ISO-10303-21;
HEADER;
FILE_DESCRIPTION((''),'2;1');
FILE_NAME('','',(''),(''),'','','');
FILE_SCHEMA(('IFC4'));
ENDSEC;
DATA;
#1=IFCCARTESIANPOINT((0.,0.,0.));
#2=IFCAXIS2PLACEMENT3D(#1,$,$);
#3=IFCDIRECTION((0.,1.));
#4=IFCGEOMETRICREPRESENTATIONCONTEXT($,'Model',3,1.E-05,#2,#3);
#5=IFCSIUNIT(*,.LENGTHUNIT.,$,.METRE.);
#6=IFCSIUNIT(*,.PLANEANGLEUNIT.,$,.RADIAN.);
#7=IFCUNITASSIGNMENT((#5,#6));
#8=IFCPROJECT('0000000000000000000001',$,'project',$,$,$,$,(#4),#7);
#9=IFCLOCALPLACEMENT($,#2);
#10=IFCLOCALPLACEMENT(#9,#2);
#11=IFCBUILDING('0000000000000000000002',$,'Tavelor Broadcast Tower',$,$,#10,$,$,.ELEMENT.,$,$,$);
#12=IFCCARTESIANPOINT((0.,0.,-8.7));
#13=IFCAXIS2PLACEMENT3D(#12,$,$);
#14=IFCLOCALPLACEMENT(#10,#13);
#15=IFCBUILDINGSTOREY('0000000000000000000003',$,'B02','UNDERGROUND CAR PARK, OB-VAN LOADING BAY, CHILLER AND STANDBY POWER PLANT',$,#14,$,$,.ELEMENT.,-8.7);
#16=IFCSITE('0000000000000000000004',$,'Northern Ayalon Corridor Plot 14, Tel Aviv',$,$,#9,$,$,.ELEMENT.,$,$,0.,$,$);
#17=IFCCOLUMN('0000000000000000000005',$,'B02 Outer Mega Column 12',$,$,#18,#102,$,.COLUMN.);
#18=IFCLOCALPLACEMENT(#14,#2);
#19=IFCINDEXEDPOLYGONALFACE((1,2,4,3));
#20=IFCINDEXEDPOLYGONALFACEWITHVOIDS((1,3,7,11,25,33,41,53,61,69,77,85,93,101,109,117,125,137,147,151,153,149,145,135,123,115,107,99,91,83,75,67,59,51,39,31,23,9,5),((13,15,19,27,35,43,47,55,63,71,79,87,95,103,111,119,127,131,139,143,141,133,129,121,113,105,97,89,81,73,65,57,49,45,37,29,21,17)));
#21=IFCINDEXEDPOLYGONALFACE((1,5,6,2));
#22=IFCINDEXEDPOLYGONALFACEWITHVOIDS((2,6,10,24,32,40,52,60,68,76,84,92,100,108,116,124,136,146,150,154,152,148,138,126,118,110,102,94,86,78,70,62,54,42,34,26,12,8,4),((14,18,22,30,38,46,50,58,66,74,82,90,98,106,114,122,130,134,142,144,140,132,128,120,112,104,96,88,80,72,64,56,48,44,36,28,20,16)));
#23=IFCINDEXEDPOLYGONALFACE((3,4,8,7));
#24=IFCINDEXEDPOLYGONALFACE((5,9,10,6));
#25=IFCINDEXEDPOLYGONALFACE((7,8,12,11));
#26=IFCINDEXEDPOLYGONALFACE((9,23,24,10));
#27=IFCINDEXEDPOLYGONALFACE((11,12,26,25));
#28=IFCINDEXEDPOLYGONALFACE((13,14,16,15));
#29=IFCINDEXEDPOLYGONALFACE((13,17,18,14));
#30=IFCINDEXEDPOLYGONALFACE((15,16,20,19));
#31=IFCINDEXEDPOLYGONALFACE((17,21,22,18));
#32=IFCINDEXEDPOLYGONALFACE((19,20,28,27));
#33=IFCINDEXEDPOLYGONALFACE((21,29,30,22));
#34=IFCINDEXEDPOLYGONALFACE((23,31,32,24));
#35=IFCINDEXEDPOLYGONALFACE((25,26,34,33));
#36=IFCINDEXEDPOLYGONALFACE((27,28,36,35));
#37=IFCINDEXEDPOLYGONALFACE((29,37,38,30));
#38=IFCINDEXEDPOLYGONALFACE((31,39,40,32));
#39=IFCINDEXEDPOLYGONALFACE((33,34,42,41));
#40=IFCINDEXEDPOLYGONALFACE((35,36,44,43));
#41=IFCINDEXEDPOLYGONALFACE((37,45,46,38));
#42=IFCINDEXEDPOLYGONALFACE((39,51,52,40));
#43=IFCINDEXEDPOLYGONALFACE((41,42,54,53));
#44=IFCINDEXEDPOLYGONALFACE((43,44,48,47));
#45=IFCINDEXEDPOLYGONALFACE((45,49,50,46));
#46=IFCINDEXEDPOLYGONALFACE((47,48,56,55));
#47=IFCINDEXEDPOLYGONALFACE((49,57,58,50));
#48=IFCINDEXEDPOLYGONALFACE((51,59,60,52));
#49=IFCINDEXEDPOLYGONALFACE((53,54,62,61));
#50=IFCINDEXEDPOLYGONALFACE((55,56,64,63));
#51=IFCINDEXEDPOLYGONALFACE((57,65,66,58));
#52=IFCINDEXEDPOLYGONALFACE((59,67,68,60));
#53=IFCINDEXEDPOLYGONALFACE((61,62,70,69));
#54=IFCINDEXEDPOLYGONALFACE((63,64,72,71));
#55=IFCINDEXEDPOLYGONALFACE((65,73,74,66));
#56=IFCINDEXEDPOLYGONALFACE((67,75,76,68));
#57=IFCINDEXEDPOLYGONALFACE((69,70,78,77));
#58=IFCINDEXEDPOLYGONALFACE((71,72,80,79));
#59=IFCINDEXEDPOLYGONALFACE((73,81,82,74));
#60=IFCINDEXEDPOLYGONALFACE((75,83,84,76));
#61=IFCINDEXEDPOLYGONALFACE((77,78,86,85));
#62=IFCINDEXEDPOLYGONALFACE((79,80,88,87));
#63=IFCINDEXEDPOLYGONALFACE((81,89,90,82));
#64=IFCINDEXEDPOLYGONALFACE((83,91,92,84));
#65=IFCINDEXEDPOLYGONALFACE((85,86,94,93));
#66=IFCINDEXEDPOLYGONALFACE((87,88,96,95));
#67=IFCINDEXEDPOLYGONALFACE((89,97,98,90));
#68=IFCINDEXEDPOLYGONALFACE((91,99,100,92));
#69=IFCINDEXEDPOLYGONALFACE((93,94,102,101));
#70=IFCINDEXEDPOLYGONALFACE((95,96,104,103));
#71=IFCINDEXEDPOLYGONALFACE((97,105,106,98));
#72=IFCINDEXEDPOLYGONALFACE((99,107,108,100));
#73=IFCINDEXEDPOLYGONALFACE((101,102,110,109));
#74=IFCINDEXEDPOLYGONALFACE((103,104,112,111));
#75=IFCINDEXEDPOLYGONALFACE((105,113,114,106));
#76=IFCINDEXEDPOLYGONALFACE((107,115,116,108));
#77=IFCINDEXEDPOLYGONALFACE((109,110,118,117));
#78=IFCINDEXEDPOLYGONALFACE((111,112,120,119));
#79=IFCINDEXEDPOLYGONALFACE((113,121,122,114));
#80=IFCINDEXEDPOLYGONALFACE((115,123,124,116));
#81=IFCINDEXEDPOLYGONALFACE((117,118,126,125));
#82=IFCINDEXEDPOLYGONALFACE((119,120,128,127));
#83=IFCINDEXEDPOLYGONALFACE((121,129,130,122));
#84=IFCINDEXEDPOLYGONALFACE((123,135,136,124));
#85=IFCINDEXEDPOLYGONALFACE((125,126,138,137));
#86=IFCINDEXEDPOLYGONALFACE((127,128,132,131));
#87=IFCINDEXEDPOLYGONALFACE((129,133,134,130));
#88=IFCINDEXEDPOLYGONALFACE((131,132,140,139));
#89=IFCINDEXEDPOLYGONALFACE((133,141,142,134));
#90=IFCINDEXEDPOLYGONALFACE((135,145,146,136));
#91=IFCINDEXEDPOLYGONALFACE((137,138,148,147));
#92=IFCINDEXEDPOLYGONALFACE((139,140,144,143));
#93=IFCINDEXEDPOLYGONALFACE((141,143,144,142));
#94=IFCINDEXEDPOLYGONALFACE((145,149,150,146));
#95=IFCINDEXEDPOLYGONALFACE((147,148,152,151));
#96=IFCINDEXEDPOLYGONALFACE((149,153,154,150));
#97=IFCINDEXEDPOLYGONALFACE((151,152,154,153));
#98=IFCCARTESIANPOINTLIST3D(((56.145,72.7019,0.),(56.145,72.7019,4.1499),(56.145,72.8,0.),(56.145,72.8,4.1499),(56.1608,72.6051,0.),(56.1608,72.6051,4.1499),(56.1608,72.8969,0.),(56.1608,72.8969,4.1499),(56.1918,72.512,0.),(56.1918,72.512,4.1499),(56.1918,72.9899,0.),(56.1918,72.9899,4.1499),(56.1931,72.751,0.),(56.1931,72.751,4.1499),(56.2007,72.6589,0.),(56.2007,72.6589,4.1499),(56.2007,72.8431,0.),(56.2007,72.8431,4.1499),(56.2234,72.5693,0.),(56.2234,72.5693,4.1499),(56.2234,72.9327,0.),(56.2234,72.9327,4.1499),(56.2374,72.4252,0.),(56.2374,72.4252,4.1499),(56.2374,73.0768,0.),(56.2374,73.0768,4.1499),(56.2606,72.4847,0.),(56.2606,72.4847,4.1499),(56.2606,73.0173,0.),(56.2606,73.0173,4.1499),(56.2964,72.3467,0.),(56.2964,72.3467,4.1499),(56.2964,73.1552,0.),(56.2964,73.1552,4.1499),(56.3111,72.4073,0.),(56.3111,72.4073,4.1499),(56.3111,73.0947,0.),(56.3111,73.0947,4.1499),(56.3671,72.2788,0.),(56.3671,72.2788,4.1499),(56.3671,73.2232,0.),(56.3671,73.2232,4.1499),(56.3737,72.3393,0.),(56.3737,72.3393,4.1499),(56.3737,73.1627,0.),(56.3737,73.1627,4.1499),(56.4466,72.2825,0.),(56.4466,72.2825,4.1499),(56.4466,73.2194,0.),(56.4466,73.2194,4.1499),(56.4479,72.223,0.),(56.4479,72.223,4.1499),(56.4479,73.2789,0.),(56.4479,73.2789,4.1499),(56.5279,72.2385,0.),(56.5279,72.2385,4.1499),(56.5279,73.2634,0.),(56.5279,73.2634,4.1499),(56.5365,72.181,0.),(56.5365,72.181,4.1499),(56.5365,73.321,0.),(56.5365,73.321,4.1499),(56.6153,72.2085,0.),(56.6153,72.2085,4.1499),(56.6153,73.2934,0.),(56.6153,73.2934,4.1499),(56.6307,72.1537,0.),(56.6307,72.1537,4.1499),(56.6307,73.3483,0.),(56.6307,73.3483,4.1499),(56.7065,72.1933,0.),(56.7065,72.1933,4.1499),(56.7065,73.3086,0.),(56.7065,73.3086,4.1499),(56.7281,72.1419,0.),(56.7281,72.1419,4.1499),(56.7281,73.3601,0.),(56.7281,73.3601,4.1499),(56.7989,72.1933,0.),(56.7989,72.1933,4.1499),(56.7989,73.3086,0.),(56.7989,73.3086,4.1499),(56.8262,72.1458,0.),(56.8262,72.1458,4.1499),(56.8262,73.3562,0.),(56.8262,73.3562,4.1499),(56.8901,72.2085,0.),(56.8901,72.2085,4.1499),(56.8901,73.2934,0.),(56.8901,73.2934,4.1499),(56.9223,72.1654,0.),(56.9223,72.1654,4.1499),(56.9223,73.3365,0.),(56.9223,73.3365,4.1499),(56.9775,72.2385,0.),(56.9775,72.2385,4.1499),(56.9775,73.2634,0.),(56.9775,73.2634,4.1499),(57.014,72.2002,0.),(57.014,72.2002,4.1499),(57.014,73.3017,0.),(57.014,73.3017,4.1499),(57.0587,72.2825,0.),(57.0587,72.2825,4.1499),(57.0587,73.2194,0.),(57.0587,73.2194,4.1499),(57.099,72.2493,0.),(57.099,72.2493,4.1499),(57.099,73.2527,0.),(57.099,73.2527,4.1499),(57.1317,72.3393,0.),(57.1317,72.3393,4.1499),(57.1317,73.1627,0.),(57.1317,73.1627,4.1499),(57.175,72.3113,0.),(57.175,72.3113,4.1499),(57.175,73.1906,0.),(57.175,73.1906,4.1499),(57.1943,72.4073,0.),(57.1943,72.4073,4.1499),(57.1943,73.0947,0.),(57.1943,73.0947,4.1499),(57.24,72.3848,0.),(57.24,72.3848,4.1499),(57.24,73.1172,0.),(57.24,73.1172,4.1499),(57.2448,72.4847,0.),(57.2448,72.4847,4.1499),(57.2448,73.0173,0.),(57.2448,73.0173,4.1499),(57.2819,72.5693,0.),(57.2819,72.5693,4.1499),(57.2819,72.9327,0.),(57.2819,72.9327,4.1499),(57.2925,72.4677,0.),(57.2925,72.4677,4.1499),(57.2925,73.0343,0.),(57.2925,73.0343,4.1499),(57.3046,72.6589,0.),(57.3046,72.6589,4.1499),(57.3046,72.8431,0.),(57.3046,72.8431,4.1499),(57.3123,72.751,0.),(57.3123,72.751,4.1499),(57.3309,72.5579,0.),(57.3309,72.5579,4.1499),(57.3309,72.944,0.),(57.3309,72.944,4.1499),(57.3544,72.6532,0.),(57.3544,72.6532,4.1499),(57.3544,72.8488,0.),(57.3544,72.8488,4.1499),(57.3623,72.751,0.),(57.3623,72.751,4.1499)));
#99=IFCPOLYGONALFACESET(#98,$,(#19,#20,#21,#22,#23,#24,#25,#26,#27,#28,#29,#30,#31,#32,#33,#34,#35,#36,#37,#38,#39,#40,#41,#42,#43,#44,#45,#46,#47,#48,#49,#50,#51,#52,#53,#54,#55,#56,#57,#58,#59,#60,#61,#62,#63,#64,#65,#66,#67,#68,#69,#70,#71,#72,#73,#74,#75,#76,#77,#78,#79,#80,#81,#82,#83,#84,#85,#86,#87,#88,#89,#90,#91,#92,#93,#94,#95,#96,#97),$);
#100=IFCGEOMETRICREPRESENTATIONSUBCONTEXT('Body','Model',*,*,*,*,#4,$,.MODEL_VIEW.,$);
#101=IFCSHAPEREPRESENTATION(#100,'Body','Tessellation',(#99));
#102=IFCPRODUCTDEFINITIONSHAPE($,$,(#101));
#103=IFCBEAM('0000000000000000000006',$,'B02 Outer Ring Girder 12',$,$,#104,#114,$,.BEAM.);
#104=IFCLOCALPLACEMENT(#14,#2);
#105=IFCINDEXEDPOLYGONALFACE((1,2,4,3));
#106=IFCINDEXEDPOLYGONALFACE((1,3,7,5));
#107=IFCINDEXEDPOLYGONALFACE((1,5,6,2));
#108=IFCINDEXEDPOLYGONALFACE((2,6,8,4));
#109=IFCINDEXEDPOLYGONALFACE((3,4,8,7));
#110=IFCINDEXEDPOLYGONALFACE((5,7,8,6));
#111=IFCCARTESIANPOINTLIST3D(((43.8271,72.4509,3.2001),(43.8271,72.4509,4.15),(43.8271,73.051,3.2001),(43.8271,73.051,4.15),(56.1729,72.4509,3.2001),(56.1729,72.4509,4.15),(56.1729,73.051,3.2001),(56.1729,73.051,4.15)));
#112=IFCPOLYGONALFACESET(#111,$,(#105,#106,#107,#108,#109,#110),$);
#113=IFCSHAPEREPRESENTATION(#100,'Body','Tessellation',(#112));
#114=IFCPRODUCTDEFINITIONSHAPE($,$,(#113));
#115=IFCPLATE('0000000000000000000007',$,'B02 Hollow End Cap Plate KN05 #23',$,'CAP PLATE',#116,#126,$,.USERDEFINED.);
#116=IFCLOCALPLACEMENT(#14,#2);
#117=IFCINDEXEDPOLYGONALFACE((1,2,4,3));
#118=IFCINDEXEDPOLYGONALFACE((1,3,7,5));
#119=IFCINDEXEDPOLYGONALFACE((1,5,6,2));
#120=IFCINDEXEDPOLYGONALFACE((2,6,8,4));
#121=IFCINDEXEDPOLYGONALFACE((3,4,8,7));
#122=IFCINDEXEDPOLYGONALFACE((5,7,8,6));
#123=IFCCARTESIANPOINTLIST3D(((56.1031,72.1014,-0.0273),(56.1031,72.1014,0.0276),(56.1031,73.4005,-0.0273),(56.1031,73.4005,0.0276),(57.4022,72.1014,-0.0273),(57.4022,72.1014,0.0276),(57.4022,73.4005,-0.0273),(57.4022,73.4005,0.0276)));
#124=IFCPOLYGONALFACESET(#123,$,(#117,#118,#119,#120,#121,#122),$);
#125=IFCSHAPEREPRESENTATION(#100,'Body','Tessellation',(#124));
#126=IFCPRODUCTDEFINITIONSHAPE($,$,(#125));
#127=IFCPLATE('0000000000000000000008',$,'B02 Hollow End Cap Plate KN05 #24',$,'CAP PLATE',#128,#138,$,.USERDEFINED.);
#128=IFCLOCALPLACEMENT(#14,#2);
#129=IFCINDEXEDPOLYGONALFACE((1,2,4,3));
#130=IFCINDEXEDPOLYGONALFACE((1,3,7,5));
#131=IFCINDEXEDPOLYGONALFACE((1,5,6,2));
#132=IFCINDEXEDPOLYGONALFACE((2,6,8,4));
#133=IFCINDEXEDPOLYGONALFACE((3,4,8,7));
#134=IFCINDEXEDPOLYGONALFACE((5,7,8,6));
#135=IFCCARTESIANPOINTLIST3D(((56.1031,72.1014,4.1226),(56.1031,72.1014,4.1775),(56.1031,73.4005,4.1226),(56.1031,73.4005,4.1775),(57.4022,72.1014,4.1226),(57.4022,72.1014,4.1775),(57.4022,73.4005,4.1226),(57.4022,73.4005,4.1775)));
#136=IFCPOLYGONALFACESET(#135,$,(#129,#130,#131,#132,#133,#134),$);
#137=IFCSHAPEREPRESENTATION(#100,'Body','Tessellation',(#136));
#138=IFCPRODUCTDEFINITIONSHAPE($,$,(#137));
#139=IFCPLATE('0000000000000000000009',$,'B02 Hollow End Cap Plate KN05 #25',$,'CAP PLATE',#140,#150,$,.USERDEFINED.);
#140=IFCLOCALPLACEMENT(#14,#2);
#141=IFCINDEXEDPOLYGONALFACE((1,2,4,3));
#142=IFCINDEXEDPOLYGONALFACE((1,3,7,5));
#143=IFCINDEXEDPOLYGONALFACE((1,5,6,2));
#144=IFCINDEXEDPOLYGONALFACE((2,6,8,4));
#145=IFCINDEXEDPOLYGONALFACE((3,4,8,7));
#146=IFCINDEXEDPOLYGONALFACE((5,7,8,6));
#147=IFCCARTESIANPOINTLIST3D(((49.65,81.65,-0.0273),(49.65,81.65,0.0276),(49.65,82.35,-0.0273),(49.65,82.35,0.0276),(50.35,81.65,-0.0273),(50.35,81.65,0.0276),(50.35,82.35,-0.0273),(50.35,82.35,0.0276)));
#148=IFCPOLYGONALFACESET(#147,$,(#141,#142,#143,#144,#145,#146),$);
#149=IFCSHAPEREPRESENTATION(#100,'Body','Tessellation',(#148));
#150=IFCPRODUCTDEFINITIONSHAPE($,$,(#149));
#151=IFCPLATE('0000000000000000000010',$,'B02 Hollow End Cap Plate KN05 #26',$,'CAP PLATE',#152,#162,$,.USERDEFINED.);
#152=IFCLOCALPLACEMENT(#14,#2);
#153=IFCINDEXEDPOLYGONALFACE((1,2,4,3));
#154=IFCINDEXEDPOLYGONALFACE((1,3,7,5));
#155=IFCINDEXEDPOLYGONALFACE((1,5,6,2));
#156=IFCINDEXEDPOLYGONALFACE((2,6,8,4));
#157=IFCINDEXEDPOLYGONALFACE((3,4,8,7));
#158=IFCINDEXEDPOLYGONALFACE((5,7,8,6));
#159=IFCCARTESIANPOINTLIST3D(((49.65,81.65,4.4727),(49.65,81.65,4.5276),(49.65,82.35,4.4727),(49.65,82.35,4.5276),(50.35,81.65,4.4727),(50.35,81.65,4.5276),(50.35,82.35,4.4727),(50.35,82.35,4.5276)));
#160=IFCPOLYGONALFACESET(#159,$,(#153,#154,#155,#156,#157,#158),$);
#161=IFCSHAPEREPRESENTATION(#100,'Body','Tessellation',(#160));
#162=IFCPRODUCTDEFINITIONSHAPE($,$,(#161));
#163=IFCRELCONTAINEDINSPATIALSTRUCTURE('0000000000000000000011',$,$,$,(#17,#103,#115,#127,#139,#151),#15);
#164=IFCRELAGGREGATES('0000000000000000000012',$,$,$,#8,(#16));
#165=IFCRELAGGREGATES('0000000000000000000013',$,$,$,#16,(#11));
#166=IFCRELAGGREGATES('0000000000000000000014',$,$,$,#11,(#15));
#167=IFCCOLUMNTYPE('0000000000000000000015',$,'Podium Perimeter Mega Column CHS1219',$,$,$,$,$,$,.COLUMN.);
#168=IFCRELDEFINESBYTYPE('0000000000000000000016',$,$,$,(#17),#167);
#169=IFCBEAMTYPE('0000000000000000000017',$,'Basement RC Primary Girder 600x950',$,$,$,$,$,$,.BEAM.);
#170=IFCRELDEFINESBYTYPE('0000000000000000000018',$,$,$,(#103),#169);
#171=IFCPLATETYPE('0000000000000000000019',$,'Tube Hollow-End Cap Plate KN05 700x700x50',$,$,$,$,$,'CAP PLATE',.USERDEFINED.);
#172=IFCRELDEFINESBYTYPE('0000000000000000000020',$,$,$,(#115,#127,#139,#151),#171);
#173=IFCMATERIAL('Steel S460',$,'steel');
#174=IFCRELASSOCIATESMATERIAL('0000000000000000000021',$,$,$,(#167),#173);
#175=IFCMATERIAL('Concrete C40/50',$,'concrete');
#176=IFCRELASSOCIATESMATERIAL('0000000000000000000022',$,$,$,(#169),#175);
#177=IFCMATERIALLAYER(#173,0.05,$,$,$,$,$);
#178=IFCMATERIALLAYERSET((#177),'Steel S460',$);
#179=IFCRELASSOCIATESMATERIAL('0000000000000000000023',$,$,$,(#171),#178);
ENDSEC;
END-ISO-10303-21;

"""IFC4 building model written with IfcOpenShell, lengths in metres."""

from ifc_helpers import new_model, si_unit, direction, frame, origin, origin_2d, place, context, subcontext, project, spatial, rectangle, hollow_circle, extrude, source, transform, mapped, material, layer, layer_set, material_profile, profile_set, type_object, type_shapes, element, save


model = new_model("IFC4")

# Units and contexts
model_context = context("Model", 3, precision=1e-05, world=origin(), true_north=direction((0.0, 1.0)))
body_context = subcontext(model_context, "Body", "Model", "MODEL_VIEW")
ifc_project = project(units=[si_unit("LENGTHUNIT", "METRE"), si_unit("PLANEANGLEUNIT", "RADIAN")], contexts=[model_context])

# Site, building, storey
site_placement = place(None, origin())
site = spatial("IfcSite", under=ifc_project, at=site_placement, Name="Northern Ayalon Corridor Plot 14, Tel Aviv", CompositionType="ELEMENT", RefElevation=0.0)
building_placement = place(site_placement, origin())
building = spatial("IfcBuilding", under=site, at=building_placement, Name="Tavelor Broadcast Tower", CompositionType="ELEMENT")
storey_placement = place(building_placement, frame((0.0, 0.0, -8.7)))
storey = spatial("IfcBuildingStorey", under=building, at=storey_placement, Name="B02", Description="UNDERGROUND CAR PARK, OB-VAN LOADING BAY, CHILLER AND STANDBY POWER PLANT", CompositionType="ELEMENT", Elevation=-8.7)

# Shared definitions
ifc_material_1 = material(Name="Concrete C40/50", Category="concrete")

# Column
ifc_material_2 = material(Name="Steel S460", Category="steel")
ifc_material_profile_1 = material_profile(ifc_material_2, hollow_circle(Radius=0.6096, WallThickness=0.05, at=origin_2d()), Name="CHS 1219x50")
ifc_profile_set_1 = profile_set([ifc_material_profile_1], Name="Steel S460")
column_type_1 = type_object("IfcColumnType", Name="Podium Perimeter Mega Column CHS1219", PredefinedType="COLUMN", material=ifc_profile_set_1)
column_1_placement = place(storey_placement, frame((56.7527, 72.751, 0.0), z_axis=(0.0, 0.0, 1.0), x_axis=(1.0, 0.0, 0.0)))
element("IfcColumn", 1, at=column_1_placement, inside=storey, type_object=column_type_1, Name="B02 Outer Mega Column 12", PredefinedType="COLUMN", context=body_context, shape_type="SweptSolid", body=[
    extrude(hollow_circle(Radius=0.6096, WallThickness=0.05, at=origin_2d()), origin(), (0.0, 0.0, 1.0), 4.1499),
])

# Beam
ifc_material_profile_2 = material_profile(ifc_material_1, rectangle(XDim=0.6001, YDim=0.95, at=origin_2d()), Name="RC 600x950")
ifc_profile_set_2 = profile_set([ifc_material_profile_2], Name="Concrete C40/50")
beam_type = type_object("IfcBeamType", Name="Basement RC Primary Girder 600x950", PredefinedType="BEAM", material=ifc_profile_set_2)
beam_placement = place(storey_placement, frame((56.1729, 72.751, 3.675), z_axis=(-1.0, 0.0, 0.0), x_axis=(0.0, -1.0, 0.0)))
element("IfcBeam", 2, at=beam_placement, inside=storey, type_object=beam_type, Name="B02 Outer Ring Girder 12", PredefinedType="BEAM", context=body_context, shape_type="SweptSolid", body=[
    extrude(rectangle(XDim=0.6001, YDim=0.95, at=origin_2d()), origin(), (0.0, 0.0, 1.0), 12.3457),
])

# Plates
ifc_layer = layer(ifc_material_2, 0.05)
ifc_layer_set = layer_set([ifc_layer], Name="Steel S460")
plate_type = type_object("IfcPlateType", Name="Tube Hollow-End Cap Plate KN05 700x700x50", ElementType="CAP PLATE", PredefinedType="USERDEFINED", material=ifc_layer_set)
shared_shape_1 = source(origin(), body_context, "Body", "SweptSolid", [
    extrude(rectangle(XDim=1.2991, YDim=1.2991, at=origin_2d()), origin(), (0.0, 0.0, 1.0), 0.0549),
])
for number, where, z_axis, x_axis, name in (
    (3, (56.7527, 72.751, -0.0273), (0.0, 0.0, 1.0), (1.0, 0.0, 0.0), "B02 Hollow End Cap Plate KN05 #23"),
    (4, (56.7527, 72.751, 4.1226), (0.0, 0.0, 1.0), (1.0, 0.0, 0.0), "B02 Hollow End Cap Plate KN05 #24"),
):
    element("IfcPlate", number, at=place(storey_placement, frame(where, z_axis=z_axis, x_axis=x_axis)), inside=storey, type_object=plate_type, Name=name, ObjectType="CAP PLATE", PredefinedType="USERDEFINED", context=body_context, shape_type="MappedRepresentation", body=[
        mapped(shared_shape_1, transform((0.0, 0.0, 0.0), scale=1.0)),
    ])
shared_shape_2 = source(origin(), body_context, "Body", "SweptSolid", [
    extrude(rectangle(XDim=0.7, YDim=0.7, at=origin_2d()), origin(), (0.0, 0.0, 1.0), 0.0549),
])
type_shapes(plate_type, [shared_shape_1, shared_shape_2])
for number, where, z_axis, x_axis, name in (
    (5, (50.0, 82.0, -0.0273), (0.0, 0.0, 1.0), (1.0, 0.0, 0.0), "B02 Hollow End Cap Plate KN05 #25"),
    (6, (50.0, 82.0, 4.4727), (0.0, 0.0, 1.0), (1.0, 0.0, 0.0), "B02 Hollow End Cap Plate KN05 #26"),
):
    element("IfcPlate", number, at=place(storey_placement, frame(where, z_axis=z_axis, x_axis=x_axis)), inside=storey, type_object=plate_type, Name=name, ObjectType="CAP PLATE", PredefinedType="USERDEFINED", context=body_context, shape_type="MappedRepresentation", body=[
        mapped(shared_shape_2, transform((0.0, 0.0, 0.0), scale=1.0)),
    ])

save(model, "model.ifc")
